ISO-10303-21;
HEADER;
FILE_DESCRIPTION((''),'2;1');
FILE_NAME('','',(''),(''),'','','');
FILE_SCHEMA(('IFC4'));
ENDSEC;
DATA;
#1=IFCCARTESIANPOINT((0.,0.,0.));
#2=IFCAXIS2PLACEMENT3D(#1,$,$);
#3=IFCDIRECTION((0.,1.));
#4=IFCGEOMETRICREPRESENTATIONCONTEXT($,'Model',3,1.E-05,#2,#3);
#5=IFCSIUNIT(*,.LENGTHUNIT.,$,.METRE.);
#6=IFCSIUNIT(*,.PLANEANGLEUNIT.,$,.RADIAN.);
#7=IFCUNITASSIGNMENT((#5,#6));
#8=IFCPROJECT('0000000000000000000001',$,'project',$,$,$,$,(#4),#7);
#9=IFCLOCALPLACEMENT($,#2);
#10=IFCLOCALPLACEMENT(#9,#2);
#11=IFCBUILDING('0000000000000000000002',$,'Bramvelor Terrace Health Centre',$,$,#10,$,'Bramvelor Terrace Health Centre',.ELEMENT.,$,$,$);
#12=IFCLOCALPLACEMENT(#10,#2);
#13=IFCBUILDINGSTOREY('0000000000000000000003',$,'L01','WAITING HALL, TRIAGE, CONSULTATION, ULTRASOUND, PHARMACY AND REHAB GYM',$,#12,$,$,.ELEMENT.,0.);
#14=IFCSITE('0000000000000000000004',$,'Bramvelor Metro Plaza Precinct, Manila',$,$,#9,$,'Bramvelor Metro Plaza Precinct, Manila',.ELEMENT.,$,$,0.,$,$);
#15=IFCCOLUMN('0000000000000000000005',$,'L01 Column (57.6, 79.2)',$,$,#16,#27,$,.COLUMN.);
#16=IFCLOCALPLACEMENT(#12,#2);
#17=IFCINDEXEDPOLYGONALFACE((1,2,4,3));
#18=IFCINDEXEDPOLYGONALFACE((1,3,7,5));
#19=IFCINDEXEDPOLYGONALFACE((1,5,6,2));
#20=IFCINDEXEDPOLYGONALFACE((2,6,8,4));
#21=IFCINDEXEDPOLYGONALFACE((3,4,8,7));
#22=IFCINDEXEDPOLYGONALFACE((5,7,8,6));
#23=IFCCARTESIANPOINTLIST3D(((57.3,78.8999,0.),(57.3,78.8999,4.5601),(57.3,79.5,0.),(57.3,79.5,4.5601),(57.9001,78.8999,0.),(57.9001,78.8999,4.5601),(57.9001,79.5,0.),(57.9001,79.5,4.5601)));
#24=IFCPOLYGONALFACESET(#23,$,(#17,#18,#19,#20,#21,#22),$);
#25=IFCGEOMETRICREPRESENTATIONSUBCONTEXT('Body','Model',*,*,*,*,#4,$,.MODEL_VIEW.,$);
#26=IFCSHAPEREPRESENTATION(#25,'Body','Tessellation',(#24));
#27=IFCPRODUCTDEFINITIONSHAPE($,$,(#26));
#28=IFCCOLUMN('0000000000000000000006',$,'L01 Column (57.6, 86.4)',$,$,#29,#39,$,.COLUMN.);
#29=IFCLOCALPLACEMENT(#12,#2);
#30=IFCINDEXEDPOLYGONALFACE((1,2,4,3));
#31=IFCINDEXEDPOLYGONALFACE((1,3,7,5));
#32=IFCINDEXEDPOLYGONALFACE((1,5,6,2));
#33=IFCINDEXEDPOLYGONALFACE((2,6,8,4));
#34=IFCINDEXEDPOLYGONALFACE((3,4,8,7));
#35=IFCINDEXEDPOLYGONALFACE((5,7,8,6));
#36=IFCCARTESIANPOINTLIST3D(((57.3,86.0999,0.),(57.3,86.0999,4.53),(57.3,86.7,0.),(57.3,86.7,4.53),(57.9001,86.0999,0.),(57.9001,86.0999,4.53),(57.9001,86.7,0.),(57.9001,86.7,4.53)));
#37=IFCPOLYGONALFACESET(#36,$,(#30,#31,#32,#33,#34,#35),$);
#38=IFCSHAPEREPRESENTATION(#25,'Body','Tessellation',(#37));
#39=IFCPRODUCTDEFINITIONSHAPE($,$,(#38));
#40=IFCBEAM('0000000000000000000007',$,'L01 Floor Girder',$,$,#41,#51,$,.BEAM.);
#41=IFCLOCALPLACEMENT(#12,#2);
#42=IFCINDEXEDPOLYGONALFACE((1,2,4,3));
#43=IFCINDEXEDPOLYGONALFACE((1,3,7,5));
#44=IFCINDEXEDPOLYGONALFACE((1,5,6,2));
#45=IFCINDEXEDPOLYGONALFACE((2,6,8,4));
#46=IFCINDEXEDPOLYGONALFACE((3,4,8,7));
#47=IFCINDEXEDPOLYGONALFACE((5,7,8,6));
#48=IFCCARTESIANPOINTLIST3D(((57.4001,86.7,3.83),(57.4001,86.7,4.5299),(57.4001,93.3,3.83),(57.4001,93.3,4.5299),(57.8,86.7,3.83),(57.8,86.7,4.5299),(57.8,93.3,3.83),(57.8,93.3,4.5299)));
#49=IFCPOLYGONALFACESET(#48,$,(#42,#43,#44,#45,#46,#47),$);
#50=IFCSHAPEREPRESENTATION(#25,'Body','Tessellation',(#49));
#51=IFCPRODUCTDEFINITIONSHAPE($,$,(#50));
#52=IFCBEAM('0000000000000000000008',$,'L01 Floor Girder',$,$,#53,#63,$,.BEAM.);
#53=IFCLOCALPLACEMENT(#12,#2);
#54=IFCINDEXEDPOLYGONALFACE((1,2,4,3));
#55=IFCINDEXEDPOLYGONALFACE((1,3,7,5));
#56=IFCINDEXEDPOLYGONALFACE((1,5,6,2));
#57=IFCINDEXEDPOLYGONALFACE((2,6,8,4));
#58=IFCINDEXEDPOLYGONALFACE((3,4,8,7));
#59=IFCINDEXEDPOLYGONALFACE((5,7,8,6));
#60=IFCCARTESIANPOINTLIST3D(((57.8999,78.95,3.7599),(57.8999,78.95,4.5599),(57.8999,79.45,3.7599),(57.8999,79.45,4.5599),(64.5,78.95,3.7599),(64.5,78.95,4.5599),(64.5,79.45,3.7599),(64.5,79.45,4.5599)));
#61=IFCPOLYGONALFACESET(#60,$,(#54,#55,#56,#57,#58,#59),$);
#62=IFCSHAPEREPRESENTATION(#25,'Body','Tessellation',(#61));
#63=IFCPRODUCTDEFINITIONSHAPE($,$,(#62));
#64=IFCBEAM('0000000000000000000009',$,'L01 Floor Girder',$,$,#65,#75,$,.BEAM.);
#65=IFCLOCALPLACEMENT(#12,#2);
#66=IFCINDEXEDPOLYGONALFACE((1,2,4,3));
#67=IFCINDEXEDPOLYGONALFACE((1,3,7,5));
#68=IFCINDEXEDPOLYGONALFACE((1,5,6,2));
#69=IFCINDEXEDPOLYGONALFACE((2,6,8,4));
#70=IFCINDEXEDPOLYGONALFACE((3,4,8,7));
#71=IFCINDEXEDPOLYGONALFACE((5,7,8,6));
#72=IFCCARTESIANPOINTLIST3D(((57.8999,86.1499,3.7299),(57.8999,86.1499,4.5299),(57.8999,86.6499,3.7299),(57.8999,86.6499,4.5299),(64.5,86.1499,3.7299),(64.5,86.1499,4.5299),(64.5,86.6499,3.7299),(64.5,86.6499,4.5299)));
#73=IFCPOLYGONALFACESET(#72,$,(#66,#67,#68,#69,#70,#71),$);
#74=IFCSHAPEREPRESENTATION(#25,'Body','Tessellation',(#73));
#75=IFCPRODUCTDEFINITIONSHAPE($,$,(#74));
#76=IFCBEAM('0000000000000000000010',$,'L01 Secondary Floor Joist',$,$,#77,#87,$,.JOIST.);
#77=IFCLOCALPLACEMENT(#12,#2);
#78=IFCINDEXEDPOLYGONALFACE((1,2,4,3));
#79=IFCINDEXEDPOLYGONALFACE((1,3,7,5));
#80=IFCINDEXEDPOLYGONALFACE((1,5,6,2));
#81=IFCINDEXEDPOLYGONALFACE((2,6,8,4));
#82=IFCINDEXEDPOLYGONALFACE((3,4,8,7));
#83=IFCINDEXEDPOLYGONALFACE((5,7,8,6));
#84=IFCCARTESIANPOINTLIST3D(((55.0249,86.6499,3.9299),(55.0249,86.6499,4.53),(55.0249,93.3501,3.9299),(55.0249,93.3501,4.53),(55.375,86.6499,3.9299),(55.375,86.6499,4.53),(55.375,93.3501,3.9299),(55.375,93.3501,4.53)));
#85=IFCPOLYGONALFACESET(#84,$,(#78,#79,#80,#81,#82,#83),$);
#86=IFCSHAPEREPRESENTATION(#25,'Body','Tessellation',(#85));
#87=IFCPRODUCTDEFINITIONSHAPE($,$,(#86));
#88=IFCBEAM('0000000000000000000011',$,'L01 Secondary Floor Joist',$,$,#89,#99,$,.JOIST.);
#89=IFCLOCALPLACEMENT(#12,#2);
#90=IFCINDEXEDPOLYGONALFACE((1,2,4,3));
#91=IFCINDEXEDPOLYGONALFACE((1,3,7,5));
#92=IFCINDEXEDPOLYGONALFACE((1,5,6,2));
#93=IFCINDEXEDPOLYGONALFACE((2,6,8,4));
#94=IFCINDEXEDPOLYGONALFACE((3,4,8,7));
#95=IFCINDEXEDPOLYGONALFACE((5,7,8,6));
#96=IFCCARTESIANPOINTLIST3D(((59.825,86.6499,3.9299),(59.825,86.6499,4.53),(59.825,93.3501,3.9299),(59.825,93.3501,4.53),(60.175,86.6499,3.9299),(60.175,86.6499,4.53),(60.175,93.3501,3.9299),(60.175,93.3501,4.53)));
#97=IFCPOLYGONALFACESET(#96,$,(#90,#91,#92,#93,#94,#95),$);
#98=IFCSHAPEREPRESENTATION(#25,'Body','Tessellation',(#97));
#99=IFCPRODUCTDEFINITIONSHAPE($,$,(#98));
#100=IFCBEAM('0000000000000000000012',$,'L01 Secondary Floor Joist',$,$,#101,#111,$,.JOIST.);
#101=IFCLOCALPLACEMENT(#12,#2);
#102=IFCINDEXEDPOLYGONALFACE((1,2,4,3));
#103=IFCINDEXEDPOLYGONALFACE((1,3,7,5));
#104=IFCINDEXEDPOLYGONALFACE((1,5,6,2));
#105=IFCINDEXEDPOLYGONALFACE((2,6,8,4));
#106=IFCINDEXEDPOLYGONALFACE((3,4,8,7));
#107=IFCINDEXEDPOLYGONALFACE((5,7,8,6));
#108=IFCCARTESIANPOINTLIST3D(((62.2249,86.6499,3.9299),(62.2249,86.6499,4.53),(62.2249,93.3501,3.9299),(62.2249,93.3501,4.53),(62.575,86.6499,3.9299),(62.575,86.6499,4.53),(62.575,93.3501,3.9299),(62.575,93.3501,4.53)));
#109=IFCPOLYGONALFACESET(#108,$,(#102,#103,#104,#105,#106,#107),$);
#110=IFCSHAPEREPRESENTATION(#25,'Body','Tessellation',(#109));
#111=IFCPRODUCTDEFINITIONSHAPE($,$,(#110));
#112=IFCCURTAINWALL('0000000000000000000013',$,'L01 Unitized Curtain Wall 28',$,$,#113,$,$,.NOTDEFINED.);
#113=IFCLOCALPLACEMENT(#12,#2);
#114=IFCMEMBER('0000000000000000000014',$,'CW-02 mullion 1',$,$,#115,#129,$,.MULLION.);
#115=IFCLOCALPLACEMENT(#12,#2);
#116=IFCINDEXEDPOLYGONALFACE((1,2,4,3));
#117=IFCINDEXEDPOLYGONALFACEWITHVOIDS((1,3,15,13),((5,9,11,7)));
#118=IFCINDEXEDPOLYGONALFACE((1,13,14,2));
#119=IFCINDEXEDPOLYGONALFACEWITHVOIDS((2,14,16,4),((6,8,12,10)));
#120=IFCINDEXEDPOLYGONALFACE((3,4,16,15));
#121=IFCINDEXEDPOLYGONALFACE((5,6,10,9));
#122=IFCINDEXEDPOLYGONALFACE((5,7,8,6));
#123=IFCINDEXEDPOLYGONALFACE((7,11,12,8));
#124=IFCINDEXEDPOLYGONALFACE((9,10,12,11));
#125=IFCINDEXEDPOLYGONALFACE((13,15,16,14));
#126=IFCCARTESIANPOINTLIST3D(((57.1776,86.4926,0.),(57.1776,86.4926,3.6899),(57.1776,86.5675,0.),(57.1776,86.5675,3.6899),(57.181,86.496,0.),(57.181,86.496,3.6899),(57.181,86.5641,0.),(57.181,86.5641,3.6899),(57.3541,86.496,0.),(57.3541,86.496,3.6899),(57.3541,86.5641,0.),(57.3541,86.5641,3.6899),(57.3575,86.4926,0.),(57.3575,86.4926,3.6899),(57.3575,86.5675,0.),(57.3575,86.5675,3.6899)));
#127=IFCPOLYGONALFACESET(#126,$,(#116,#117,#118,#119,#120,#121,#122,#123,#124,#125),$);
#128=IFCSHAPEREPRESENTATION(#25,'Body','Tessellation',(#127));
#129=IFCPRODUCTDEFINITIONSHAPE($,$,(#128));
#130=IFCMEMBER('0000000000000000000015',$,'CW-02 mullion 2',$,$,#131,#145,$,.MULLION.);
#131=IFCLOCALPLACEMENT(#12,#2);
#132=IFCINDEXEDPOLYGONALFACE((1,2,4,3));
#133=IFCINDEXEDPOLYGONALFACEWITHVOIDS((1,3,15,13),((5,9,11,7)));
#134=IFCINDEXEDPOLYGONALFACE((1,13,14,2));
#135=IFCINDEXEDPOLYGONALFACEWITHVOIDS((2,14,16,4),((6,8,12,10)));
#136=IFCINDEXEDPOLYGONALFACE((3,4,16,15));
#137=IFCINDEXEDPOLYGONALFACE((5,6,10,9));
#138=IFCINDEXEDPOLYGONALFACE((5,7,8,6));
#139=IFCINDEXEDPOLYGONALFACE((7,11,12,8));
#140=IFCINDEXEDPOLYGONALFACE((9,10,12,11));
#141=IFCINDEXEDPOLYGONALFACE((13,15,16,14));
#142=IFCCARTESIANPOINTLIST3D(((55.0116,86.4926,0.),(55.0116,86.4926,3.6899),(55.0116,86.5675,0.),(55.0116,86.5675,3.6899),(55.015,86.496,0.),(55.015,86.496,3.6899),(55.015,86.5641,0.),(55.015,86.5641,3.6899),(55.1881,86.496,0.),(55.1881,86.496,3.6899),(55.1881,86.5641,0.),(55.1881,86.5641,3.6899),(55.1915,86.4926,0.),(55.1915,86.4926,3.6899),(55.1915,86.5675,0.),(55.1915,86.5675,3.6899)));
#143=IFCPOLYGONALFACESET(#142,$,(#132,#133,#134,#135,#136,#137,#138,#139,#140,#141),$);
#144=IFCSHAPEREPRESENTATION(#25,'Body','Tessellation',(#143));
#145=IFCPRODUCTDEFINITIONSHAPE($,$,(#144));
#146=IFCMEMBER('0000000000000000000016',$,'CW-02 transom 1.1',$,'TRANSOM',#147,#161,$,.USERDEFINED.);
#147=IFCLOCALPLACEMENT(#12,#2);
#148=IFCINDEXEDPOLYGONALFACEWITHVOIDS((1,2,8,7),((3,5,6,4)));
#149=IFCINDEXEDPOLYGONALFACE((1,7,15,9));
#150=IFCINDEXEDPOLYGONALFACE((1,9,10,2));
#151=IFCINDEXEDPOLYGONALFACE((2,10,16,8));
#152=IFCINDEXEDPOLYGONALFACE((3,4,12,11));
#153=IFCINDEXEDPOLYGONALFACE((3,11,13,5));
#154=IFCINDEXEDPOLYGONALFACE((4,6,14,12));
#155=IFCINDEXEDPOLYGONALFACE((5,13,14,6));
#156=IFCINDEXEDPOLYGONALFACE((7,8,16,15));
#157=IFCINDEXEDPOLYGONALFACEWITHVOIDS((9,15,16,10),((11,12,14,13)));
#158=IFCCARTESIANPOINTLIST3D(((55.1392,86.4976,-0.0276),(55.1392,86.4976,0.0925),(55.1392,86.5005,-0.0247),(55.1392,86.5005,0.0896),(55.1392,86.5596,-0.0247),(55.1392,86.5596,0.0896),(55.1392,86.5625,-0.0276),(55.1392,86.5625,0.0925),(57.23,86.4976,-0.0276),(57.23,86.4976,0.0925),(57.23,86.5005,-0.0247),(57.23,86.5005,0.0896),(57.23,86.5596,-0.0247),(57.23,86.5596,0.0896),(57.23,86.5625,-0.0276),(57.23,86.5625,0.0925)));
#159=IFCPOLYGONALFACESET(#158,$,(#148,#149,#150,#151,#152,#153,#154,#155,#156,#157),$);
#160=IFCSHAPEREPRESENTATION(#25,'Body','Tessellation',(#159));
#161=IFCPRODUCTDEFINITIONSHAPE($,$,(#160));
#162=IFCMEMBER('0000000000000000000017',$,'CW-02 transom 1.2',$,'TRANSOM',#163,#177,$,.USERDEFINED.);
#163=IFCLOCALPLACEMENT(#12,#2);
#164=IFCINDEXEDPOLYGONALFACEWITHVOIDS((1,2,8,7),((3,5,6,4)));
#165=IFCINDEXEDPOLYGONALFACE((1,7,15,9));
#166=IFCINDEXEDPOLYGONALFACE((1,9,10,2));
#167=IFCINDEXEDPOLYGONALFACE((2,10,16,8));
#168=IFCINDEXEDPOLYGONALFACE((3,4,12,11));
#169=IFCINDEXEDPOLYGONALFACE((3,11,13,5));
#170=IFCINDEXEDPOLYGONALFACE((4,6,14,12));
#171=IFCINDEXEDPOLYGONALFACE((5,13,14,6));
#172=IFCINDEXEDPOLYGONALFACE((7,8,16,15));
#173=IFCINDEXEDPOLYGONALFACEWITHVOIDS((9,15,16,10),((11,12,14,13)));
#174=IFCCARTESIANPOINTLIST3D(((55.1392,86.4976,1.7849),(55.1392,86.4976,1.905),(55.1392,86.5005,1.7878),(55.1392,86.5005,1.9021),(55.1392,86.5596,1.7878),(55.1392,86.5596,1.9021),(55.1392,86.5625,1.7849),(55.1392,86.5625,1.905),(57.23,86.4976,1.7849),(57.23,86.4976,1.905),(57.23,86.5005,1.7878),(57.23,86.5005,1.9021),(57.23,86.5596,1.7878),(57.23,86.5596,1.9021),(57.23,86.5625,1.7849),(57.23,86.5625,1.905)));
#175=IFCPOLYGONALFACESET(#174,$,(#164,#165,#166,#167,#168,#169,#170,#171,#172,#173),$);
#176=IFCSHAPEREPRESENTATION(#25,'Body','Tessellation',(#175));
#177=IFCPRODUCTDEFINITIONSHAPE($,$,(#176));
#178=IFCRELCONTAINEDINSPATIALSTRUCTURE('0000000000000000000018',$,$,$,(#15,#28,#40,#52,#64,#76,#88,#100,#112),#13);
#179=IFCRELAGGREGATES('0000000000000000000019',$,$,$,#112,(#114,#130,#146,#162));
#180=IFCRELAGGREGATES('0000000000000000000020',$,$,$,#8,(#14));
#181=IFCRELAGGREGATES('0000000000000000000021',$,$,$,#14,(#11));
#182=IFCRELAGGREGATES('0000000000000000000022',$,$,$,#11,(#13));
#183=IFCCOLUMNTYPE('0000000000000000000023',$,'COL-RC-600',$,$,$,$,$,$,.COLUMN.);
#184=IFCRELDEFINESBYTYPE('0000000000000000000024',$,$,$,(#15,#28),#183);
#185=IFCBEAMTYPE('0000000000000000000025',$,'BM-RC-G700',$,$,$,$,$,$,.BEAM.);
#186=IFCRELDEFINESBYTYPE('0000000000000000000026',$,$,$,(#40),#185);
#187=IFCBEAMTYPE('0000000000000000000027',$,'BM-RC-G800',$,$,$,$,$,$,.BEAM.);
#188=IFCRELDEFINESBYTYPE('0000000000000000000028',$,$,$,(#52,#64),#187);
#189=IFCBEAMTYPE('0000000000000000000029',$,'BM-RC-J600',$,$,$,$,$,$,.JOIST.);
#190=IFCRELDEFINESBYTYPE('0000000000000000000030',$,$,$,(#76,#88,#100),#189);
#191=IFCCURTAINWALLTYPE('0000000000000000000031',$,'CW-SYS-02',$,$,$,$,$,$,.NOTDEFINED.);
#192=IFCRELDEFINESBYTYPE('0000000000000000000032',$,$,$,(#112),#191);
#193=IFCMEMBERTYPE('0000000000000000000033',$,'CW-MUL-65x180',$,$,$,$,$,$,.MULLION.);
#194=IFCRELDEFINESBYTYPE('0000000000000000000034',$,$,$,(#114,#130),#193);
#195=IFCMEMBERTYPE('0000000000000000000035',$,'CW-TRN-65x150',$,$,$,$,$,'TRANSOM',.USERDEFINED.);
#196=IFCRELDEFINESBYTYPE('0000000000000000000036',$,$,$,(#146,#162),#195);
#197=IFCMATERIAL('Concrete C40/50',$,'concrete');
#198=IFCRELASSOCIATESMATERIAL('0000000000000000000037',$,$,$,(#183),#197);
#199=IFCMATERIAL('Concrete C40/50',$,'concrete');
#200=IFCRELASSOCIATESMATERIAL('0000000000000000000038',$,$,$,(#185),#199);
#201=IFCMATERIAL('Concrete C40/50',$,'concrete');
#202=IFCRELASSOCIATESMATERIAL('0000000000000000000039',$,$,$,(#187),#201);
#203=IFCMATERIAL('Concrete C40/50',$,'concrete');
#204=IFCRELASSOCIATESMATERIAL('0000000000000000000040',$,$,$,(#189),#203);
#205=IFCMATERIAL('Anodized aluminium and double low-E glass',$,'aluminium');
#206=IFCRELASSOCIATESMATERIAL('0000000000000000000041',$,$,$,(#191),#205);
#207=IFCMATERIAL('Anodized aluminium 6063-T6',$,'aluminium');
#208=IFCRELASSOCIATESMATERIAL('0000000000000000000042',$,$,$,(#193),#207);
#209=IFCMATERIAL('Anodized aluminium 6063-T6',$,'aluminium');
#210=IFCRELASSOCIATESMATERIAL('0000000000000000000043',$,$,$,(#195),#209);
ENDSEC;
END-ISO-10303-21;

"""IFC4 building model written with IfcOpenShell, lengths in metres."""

from ifc_helpers import new_model, si_unit, direction, frame, origin, origin_2d, place, context, subcontext, project, spatial, rectangle, hollow_rectangle, extrude, material, material_profile, profile_set, type_object, element, aggregate, save


model = new_model("IFC4")

# Units and contexts
model_context = context("Model", 3, precision=1e-05, world=origin(), true_north=direction((0.0, 1.0)))
body_context = subcontext(model_context, "Body", "Model", "MODEL_VIEW")
ifc_project = project(units=[si_unit("LENGTHUNIT", "METRE"), si_unit("PLANEANGLEUNIT", "RADIAN")], contexts=[model_context])

# Site, building, storey
site_placement = place(None, origin())
site = spatial("IfcSite", under=ifc_project, at=site_placement, Name="Bramvelor Metro Plaza Precinct, Manila", LongName="Bramvelor Metro Plaza Precinct, Manila", CompositionType="ELEMENT", RefElevation=0.0)
building_placement = place(site_placement, origin())
building = spatial("IfcBuilding", under=site, at=building_placement, Name="Bramvelor Terrace Health Centre", LongName="Bramvelor Terrace Health Centre", CompositionType="ELEMENT")
storey_placement = place(building_placement, origin())
storey = spatial("IfcBuildingStorey", under=building, at=storey_placement, Name="L01", Description="WAITING HALL, TRIAGE, CONSULTATION, ULTRASOUND, PHARMACY AND REHAB GYM", CompositionType="ELEMENT", Elevation=0.0)

# Columns
ifc_material_1 = material(Name="Concrete C40/50", Category="concrete")
ifc_material_profile_1 = material_profile(ifc_material_1, rectangle(XDim=0.6001, YDim=0.6001, at=origin_2d()), Name="RC 600x600")
ifc_profile_set_1 = profile_set([ifc_material_profile_1], Name="Concrete C40/50")
column_type = type_object("IfcColumnType", Name="COL-RC-600", PredefinedType="COLUMN", material=ifc_profile_set_1)
column_1_placement = place(storey_placement, frame((57.6001, 79.2, 0.0), z_axis=(0.0, 0.0, 1.0), x_axis=(1.0, 0.0, 0.0)))
element("IfcColumn", 1, at=column_1_placement, inside=storey, type_object=column_type, Name="L01 Column (57.6, 79.2)", PredefinedType="COLUMN", context=body_context, shape_type="SweptSolid", body=[
    extrude(rectangle(XDim=0.6001, YDim=0.6001, at=origin_2d()), origin(), (0.0, 0.0, 1.0), 4.5601),
])
column_2_placement = place(storey_placement, frame((57.6001, 86.3999, 0.0), z_axis=(0.0, 0.0, 1.0), x_axis=(1.0, 0.0, 0.0)))
element("IfcColumn", 2, at=column_2_placement, inside=storey, type_object=column_type, Name="L01 Column (57.6, 86.4)", PredefinedType="COLUMN", context=body_context, shape_type="SweptSolid", body=[
    extrude(rectangle(XDim=0.6001, YDim=0.6001, at=origin_2d()), origin(), (0.0, 0.0, 1.0), 4.53),
])

# Beams
ifc_material_2 = material(Name="Concrete C40/50", Category="concrete")
ifc_material_profile_2 = material_profile(ifc_material_2, rectangle(XDim=0.3999, YDim=0.7, at=origin_2d()), Name="RC 400x700")
ifc_profile_set_2 = profile_set([ifc_material_profile_2], Name="Concrete C40/50")
beam_type_1 = type_object("IfcBeamType", Name="BM-RC-G700", PredefinedType="BEAM", material=ifc_profile_set_2)
beam_placement = place(storey_placement, frame((57.6001, 86.7, 4.1799), z_axis=(0.0, 1.0, 0.0), x_axis=(-1.0, 0.0, 0.0)))
element("IfcBeam", 3, at=beam_placement, inside=storey, type_object=beam_type_1, Name="L01 Floor Girder", PredefinedType="BEAM", context=body_context, shape_type="SweptSolid", body=[
    extrude(rectangle(XDim=0.3999, YDim=0.7, at=origin_2d()), origin(), (0.0, 0.0, 1.0), 6.6001),
])
ifc_material_3 = material(Name="Concrete C40/50", Category="concrete")
ifc_material_profile_3 = material_profile(ifc_material_3, rectangle(XDim=0.5, YDim=0.8, at=origin_2d()), Name="RC 500x800")
ifc_profile_set_3 = profile_set([ifc_material_profile_3], Name="Concrete C40/50")
beam_type_2 = type_object("IfcBeamType", Name="BM-RC-G800", PredefinedType="BEAM", material=ifc_profile_set_3)
for number, where, z_axis, x_axis, name in (
    (4, (57.8999, 79.2, 4.1599), (1.0, 0.0, 0.0), (0.0, 1.0, 0.0), "L01 Floor Girder"),
    (5, (57.8999, 86.3999, 4.1299), (1.0, 0.0, 0.0), (0.0, 1.0, 0.0), "L01 Floor Girder"),
):
    element("IfcBeam", number, at=place(storey_placement, frame(where, z_axis=z_axis, x_axis=x_axis)), inside=storey, type_object=beam_type_2, Name=name, PredefinedType="BEAM", context=body_context, shape_type="SweptSolid", body=[
        extrude(rectangle(XDim=0.5, YDim=0.8, at=origin_2d()), origin(), (0.0, 0.0, 1.0), 6.6001),
    ])
ifc_material_4 = material(Name="Concrete C40/50", Category="concrete")
ifc_material_profile_4 = material_profile(ifc_material_4, rectangle(XDim=0.3501, YDim=0.6001, at=origin_2d()), Name="RC 350x600")
ifc_profile_set_4 = profile_set([ifc_material_profile_4], Name="Concrete C40/50")
beam_type_3 = type_object("IfcBeamType", Name="BM-RC-J600", PredefinedType="JOIST", material=ifc_profile_set_4)
for number, where, z_axis, x_axis, name in (
    (6, (55.2, 86.6499, 4.23), (0.0, 1.0, 0.0), (-1.0, 0.0, 0.0), "L01 Secondary Floor Joist"),
    (7, (60.0, 86.6499, 4.23), (0.0, 1.0, 0.0), (-1.0, 0.0, 0.0), "L01 Secondary Floor Joist"),
    (8, (62.3999, 86.6499, 4.23), (0.0, 1.0, 0.0), (-1.0, 0.0, 0.0), "L01 Secondary Floor Joist"),
):
    element("IfcBeam", number, at=place(storey_placement, frame(where, z_axis=z_axis, x_axis=x_axis)), inside=storey, type_object=beam_type_3, Name=name, PredefinedType="JOIST", context=body_context, shape_type="SweptSolid", body=[
        extrude(rectangle(XDim=0.3501, YDim=0.6001, at=origin_2d()), origin(), (0.0, 0.0, 1.0), 6.7002),
    ])

# Curtain wall, members
ifc_material_5 = material(Name="Anodized aluminium and double low-E glass", Category="aluminium")
curtain_wall_type = type_object("IfcCurtainWallType", Name="CW-SYS-02", PredefinedType="NOTDEFINED", material=ifc_material_5)
curtain_wall_1_placement = place(storey_placement, origin())
curtain_wall_1 = element("IfcCurtainWall", 9, at=curtain_wall_1_placement, inside=storey, type_object=curtain_wall_type, Name="L01 Unitized Curtain Wall 28", PredefinedType="NOTDEFINED")
ifc_material_6 = material(Name="Anodized aluminium 6063-T6", Category="aluminium")
ifc_material_profile_5 = material_profile(ifc_material_6, hollow_rectangle(XDim=0.075, YDim=0.1799, WallThickness=0.0034, at=origin_2d()), Name="ALU-MUL 75x180x3.5")
ifc_profile_set_5 = profile_set([ifc_material_profile_5], Name="Anodized aluminium 6063-T6")
member_type_1 = type_object("IfcMemberType", Name="CW-MUL-65x180", PredefinedType="MULLION", material=ifc_profile_set_5)
member_1_placement = place(storey_placement, frame((57.2676, 86.53, 0.0), z_axis=(0.0, 0.0, 1.0), x_axis=(0.0, -1.0, 0.0)))
member_1 = element("IfcMember", 10, at=member_1_placement, type_object=member_type_1, Name="CW-02 mullion 1", PredefinedType="MULLION", context=body_context, shape_type="SweptSolid", body=[
    extrude(hollow_rectangle(XDim=0.075, YDim=0.1799, WallThickness=0.0034, at=origin_2d()), origin(), (0.0, 0.0, 1.0), 3.6899),
])
member_2_placement = place(storey_placement, frame((55.1016, 86.53, 0.0), z_axis=(0.0, 0.0, 1.0), x_axis=(0.0, -1.0, 0.0)))
member_2 = element("IfcMember", 11, at=member_2_placement, type_object=member_type_1, Name="CW-02 mullion 2", PredefinedType="MULLION", context=body_context, shape_type="SweptSolid", body=[
    extrude(hollow_rectangle(XDim=0.075, YDim=0.1799, WallThickness=0.0034, at=origin_2d()), origin(), (0.0, 0.0, 1.0), 3.6899),
])
ifc_material_7 = material(Name="Anodized aluminium 6063-T6", Category="aluminium")
ifc_material_profile_6 = material_profile(ifc_material_7, hollow_rectangle(XDim=0.0649, YDim=0.1201, WallThickness=0.0029, at=origin_2d()), Name="ALU-TRN 65x120x3.0")
ifc_profile_set_6 = profile_set([ifc_material_profile_6], Name="Anodized aluminium 6063-T6")
member_type_2 = type_object("IfcMemberType", Name="CW-TRN-65x150", ElementType="TRANSOM", PredefinedType="USERDEFINED", material=ifc_profile_set_6)
member_3_placement = place(storey_placement, frame((57.23, 86.53, 0.0325), z_axis=(-1.0, 0.0, 0.0), x_axis=(0.0, -1.0, 0.0)))
member_3 = element("IfcMember", 12, at=member_3_placement, type_object=member_type_2, Name="CW-02 transom 1.1", ObjectType="TRANSOM", PredefinedType="USERDEFINED", context=body_context, shape_type="SweptSolid", body=[
    extrude(hollow_rectangle(XDim=0.0649, YDim=0.1201, WallThickness=0.0029, at=origin_2d()), origin(), (0.0, 0.0, 1.0), 2.0908),
])
member_4_placement = place(storey_placement, frame((57.23, 86.53, 1.845), z_axis=(-1.0, 0.0, 0.0), x_axis=(0.0, -1.0, 0.0)))
member_4 = element("IfcMember", 13, at=member_4_placement, type_object=member_type_2, Name="CW-02 transom 1.2", ObjectType="TRANSOM", PredefinedType="USERDEFINED", context=body_context, shape_type="SweptSolid", body=[
    extrude(hollow_rectangle(XDim=0.0649, YDim=0.1201, WallThickness=0.0029, at=origin_2d()), origin(), (0.0, 0.0, 1.0), 2.0908),
])

aggregate(curtain_wall_1, [member_1, member_2, member_3, member_4])

save(model, "model.ifc")
